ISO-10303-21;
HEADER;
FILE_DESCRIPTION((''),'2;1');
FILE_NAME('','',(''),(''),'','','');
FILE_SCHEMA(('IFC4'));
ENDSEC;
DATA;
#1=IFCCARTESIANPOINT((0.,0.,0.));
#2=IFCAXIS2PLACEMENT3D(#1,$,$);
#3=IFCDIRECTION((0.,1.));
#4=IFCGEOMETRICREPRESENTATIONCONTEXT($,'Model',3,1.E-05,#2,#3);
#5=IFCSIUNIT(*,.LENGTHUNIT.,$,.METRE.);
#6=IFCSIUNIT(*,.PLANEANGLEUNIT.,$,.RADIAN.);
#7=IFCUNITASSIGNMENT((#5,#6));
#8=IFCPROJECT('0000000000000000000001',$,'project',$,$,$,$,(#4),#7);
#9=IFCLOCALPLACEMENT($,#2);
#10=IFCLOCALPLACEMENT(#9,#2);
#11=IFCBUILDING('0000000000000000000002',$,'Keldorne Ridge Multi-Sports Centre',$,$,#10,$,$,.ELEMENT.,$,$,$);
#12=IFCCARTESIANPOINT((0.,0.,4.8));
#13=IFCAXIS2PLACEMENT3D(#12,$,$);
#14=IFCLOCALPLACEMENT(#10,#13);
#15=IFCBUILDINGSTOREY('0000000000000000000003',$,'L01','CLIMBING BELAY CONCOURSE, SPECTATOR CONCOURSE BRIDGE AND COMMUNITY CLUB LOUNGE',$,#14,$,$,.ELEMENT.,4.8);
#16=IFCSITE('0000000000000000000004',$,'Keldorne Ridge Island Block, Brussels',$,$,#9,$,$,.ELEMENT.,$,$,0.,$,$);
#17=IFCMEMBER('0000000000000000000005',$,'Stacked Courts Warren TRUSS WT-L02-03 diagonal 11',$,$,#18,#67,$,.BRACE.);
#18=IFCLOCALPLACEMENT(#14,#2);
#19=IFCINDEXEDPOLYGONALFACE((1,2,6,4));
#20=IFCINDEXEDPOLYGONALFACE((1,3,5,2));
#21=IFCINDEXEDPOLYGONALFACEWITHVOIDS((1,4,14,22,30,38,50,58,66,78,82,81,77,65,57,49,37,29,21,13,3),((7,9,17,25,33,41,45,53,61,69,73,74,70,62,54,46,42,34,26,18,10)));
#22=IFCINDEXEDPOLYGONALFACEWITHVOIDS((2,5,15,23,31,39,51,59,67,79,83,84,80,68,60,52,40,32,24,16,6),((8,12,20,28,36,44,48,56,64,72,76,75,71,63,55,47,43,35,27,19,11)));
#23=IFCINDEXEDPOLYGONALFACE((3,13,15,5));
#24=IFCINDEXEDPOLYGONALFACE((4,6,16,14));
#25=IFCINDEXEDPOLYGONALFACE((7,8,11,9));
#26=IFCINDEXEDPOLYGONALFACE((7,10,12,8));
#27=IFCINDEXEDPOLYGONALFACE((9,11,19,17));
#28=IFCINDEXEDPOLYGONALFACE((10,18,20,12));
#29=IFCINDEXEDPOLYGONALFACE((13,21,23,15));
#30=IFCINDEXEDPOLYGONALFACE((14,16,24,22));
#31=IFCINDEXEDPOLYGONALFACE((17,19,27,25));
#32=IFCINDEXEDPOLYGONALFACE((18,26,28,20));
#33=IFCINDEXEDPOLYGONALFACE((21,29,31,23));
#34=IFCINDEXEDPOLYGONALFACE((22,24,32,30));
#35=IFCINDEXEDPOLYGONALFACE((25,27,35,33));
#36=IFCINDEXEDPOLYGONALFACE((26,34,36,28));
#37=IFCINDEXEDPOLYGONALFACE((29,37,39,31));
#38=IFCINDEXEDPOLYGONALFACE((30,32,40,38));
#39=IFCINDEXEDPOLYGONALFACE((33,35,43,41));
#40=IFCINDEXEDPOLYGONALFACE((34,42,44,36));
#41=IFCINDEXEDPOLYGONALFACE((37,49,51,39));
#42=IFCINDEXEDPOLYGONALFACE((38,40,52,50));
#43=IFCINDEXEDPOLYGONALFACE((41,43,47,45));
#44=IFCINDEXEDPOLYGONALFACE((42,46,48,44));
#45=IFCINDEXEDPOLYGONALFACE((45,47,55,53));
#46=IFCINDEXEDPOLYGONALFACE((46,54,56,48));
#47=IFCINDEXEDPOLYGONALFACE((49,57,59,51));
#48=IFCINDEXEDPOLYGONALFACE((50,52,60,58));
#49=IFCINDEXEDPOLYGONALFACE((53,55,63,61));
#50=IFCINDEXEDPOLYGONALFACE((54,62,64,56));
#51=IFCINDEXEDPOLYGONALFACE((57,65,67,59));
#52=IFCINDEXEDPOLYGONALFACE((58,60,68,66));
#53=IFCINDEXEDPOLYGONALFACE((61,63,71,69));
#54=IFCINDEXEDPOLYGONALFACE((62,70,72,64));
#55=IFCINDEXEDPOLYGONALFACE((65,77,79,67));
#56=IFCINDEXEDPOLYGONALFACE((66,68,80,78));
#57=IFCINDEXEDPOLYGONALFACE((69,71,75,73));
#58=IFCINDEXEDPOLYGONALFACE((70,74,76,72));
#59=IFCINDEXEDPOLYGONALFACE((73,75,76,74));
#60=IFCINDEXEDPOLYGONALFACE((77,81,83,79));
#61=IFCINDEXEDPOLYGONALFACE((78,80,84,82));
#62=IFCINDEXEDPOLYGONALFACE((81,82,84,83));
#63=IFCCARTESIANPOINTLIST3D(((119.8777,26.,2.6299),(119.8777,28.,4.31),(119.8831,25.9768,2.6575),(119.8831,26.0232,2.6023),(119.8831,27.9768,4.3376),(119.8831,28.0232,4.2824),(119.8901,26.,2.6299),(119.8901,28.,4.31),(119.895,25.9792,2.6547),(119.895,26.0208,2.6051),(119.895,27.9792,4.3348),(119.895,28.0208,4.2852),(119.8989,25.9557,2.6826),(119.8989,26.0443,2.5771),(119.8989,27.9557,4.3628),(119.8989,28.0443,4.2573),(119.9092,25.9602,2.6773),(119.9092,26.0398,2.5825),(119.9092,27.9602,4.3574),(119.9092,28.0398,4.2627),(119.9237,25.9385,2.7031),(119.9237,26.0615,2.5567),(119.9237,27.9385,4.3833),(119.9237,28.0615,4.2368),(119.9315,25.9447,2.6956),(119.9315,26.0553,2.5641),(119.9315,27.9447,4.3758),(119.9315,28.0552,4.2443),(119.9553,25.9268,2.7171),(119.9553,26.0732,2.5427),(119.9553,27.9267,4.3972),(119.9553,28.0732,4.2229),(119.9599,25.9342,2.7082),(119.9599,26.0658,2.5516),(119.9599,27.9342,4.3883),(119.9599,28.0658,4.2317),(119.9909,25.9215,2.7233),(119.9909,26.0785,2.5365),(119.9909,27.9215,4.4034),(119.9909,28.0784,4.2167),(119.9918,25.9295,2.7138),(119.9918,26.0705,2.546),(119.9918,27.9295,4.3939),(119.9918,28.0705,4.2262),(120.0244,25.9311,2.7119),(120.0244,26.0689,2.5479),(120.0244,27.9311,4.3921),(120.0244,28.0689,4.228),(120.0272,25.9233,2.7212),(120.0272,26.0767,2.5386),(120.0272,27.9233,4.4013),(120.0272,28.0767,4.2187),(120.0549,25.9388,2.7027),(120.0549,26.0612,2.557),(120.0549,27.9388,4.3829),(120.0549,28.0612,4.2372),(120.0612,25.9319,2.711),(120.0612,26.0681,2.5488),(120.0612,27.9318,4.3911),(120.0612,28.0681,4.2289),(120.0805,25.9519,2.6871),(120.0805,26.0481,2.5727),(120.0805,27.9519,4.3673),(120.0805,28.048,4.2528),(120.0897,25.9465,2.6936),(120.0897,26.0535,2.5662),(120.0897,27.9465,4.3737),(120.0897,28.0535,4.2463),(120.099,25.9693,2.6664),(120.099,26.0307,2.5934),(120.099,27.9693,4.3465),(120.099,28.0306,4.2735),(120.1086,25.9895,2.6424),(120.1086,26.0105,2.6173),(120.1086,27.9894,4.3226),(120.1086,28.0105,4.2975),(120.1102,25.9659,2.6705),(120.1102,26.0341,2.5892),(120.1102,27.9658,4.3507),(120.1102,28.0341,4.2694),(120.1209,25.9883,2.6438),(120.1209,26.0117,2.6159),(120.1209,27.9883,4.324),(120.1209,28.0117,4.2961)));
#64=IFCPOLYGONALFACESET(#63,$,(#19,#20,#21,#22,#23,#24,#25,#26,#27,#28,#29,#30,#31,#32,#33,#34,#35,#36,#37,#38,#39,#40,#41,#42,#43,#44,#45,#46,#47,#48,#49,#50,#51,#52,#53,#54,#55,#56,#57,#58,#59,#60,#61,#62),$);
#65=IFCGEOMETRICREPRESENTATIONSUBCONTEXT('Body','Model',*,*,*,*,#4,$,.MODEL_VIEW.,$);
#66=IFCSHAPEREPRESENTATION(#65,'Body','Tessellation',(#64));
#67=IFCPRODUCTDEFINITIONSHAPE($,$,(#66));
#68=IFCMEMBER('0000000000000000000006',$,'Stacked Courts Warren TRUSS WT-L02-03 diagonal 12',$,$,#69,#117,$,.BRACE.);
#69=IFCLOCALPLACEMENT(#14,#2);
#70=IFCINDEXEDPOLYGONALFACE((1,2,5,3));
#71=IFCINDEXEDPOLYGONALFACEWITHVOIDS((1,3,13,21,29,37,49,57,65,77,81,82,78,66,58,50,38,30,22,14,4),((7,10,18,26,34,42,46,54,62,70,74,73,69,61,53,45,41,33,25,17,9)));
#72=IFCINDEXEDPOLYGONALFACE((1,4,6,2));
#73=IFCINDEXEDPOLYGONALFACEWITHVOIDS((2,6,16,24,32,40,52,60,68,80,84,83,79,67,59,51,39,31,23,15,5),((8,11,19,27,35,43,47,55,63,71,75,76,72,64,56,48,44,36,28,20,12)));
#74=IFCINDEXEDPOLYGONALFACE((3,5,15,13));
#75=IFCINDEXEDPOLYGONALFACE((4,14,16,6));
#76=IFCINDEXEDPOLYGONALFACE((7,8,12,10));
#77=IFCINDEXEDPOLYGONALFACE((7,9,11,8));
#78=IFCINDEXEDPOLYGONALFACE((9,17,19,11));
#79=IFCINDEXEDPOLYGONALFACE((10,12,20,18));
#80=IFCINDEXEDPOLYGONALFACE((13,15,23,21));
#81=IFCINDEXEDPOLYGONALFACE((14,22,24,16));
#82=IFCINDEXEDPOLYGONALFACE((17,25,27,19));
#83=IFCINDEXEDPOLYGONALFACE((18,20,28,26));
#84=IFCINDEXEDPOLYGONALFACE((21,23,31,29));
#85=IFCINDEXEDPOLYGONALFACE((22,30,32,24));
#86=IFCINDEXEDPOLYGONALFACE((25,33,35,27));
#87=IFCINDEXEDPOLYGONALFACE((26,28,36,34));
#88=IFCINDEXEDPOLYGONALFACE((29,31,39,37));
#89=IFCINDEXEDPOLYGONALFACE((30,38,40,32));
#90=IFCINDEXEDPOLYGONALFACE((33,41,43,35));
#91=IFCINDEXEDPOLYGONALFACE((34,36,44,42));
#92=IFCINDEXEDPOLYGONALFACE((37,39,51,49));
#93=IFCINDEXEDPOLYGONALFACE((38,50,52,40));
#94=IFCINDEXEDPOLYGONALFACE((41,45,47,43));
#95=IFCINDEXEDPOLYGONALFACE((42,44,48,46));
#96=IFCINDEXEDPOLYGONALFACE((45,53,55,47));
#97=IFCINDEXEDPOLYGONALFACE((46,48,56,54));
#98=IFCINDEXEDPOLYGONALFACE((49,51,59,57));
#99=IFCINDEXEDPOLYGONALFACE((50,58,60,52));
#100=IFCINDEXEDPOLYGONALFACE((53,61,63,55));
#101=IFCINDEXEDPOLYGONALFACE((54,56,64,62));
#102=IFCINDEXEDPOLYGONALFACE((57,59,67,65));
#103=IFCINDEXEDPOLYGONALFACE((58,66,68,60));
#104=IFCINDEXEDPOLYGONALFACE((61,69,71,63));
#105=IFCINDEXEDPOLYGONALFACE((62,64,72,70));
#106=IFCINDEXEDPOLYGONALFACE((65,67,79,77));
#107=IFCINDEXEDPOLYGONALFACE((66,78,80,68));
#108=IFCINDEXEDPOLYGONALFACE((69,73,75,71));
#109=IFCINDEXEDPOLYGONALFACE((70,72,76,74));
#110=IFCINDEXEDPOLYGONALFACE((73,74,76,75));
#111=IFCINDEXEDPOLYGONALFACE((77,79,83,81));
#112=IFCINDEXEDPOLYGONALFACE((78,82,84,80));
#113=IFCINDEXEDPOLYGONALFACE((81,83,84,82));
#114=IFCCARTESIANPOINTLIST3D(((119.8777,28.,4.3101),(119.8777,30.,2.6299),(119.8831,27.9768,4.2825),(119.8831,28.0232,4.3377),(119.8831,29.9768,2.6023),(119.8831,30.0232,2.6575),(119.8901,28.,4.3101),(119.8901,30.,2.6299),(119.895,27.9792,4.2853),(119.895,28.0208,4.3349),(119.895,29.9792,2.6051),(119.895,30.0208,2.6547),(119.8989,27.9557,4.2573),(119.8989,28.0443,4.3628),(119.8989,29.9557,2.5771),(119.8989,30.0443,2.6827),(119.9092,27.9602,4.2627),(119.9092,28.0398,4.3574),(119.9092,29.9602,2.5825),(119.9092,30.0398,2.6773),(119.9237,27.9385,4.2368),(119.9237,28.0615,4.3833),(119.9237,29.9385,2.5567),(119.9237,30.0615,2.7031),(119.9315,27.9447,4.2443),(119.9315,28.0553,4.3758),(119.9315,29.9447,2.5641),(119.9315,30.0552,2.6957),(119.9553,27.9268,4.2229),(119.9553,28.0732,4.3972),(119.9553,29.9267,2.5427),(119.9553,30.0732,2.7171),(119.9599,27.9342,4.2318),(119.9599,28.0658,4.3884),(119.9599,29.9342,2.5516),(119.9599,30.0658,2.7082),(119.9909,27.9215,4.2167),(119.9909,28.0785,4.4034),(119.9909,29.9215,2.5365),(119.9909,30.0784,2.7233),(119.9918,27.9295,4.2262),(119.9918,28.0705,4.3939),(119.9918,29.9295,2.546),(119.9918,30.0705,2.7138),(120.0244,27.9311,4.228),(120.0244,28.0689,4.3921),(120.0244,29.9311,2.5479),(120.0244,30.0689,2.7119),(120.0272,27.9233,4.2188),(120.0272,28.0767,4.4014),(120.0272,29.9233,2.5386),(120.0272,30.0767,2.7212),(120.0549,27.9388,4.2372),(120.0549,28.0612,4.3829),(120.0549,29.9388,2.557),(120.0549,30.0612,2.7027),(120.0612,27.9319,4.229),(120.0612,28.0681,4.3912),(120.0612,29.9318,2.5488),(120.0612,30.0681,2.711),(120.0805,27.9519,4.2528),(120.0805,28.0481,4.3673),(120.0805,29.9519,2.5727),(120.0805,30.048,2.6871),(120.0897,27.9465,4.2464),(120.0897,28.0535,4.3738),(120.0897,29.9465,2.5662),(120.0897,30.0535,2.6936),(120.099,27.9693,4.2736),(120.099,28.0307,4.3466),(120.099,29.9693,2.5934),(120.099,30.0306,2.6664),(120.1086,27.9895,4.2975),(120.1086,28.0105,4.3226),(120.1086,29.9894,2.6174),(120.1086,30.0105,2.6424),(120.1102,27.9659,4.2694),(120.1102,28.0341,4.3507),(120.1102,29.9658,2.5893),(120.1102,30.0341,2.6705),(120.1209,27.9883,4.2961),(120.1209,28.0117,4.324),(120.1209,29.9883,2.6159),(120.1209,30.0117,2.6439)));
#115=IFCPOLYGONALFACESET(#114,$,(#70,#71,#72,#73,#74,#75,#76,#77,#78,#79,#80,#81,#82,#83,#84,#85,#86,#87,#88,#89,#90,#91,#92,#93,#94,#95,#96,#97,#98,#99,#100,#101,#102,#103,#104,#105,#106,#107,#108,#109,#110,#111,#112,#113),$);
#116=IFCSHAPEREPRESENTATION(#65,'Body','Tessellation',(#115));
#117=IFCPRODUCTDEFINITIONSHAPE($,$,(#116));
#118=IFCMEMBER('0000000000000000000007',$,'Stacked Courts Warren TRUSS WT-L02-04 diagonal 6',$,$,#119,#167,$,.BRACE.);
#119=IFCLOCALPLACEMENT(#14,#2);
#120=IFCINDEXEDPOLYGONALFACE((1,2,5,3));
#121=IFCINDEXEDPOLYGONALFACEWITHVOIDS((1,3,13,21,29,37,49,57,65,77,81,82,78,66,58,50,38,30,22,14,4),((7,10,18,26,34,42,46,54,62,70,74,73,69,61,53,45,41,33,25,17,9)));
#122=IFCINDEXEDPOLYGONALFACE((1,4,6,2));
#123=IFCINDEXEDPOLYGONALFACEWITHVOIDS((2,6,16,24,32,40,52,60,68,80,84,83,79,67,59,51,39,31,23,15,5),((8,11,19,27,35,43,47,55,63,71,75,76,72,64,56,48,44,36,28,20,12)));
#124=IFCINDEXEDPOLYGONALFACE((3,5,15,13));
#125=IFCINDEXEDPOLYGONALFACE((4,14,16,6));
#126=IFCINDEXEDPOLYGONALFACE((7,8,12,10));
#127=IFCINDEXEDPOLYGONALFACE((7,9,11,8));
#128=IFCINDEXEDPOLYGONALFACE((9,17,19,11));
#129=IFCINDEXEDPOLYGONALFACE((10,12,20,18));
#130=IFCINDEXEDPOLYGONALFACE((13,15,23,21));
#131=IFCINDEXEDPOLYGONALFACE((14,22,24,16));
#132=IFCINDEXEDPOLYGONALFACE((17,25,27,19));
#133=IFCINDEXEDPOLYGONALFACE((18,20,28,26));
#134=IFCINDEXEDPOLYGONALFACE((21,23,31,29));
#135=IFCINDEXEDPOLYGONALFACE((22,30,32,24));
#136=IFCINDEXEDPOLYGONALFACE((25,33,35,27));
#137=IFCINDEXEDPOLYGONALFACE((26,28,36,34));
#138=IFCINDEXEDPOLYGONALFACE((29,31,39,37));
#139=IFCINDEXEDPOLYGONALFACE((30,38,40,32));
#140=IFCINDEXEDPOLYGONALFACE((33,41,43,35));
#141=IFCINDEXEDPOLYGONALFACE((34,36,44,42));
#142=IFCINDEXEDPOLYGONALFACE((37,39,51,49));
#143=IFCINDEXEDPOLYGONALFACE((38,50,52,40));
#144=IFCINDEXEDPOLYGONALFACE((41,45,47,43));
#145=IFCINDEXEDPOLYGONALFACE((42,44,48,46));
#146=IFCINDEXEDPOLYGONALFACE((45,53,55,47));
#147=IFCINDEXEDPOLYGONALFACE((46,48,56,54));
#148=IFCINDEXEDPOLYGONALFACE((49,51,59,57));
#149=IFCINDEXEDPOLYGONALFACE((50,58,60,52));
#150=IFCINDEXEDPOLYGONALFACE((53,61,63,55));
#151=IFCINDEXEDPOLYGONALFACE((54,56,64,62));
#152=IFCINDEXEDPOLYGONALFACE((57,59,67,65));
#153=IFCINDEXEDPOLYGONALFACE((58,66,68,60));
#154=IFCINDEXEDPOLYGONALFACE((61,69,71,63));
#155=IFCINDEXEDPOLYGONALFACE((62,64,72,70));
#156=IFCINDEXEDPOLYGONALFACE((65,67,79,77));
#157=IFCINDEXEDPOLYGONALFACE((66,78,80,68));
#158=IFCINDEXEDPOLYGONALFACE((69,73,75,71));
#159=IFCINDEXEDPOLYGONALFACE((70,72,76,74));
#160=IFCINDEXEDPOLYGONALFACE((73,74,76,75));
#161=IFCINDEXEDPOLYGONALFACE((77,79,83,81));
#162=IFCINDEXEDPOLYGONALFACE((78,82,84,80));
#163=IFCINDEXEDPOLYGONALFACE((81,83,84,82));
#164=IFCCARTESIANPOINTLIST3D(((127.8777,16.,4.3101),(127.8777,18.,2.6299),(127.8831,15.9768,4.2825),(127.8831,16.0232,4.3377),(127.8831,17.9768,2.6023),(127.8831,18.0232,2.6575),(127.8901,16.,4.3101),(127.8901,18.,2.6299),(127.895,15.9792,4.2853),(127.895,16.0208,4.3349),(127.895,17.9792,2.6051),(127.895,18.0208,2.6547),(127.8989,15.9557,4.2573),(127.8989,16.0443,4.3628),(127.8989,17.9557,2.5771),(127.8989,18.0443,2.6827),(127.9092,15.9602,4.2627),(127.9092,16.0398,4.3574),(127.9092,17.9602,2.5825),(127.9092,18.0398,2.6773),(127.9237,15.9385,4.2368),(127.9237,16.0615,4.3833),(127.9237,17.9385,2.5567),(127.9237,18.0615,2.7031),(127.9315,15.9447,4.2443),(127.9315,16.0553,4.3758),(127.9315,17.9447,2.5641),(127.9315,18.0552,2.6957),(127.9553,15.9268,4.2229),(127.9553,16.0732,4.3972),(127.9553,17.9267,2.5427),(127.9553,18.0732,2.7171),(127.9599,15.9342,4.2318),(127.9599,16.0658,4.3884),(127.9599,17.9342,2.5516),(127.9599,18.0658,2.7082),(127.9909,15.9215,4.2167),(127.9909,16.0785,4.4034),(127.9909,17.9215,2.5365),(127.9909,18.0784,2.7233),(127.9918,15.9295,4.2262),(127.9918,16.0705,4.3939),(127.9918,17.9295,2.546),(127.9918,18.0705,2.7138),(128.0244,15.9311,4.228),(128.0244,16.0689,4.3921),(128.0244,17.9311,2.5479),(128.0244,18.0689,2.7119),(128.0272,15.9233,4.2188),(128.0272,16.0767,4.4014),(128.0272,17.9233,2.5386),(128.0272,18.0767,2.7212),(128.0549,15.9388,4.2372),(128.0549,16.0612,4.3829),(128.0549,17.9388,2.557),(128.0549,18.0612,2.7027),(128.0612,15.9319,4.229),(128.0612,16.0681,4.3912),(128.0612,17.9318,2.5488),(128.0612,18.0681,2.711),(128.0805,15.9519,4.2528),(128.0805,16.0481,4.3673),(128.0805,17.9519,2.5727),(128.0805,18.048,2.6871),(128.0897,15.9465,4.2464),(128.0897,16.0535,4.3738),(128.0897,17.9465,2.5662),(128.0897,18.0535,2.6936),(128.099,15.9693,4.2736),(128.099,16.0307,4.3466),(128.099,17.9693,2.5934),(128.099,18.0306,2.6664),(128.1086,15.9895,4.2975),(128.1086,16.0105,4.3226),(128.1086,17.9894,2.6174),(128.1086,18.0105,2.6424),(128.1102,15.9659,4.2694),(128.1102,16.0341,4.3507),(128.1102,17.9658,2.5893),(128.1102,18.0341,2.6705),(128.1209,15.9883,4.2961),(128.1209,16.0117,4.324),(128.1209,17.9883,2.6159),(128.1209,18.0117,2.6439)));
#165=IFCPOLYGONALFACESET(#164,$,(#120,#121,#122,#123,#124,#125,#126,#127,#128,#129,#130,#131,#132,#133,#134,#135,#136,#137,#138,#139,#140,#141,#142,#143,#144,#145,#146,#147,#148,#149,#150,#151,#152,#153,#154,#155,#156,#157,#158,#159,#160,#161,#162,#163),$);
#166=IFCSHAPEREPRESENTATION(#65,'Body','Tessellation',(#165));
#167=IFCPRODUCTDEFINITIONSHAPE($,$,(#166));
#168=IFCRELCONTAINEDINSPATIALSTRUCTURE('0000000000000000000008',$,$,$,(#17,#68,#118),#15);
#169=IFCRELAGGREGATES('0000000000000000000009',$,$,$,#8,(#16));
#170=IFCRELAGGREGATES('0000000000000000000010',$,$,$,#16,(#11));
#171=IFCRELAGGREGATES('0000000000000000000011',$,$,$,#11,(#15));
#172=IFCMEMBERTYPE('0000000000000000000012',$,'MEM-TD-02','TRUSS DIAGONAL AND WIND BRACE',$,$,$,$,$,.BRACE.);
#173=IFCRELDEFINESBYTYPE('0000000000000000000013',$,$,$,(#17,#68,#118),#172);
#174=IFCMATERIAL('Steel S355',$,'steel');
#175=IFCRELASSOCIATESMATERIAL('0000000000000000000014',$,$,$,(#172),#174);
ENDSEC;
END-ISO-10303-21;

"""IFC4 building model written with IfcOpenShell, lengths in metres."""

from ifc_helpers import new_model, si_unit, direction, frame, origin, origin_2d, place, context, subcontext, project, spatial, hollow_circle, extrude, material, material_profile, profile_set, type_object, element, save


model = new_model("IFC4")

# Units and contexts
model_context = context("Model", 3, precision=1e-05, world=origin(), true_north=direction((0.0, 1.0)))
body_context = subcontext(model_context, "Body", "Model", "MODEL_VIEW")
ifc_project = project(units=[si_unit("LENGTHUNIT", "METRE"), si_unit("PLANEANGLEUNIT", "RADIAN")], contexts=[model_context])

# Site, building, storey
site_placement = place(None, origin())
site = spatial("IfcSite", under=ifc_project, at=site_placement, Name="Keldorne Ridge Island Block, Brussels", CompositionType="ELEMENT", RefElevation=0.0)
building_placement = place(site_placement, origin())
building = spatial("IfcBuilding", under=site, at=building_placement, Name="Keldorne Ridge Multi-Sports Centre", CompositionType="ELEMENT")
storey_placement = place(building_placement, frame((0.0, 0.0, 4.8)))
storey = spatial("IfcBuildingStorey", under=building, at=storey_placement, Name="L01", Description="CLIMBING BELAY CONCOURSE, SPECTATOR CONCOURSE BRIDGE AND COMMUNITY CLUB LOUNGE", CompositionType="ELEMENT", Elevation=4.8)

# Members
ifc_material = material(Name="Steel S355", Category="steel")
ifc_material_profile_1 = material_profile(ifc_material, hollow_circle(Radius=0.1223, WallThickness=0.0125, at=origin_2d()), Name="CHS 244.5x12.5")
ifc_profile_set_1 = profile_set([ifc_material_profile_1], Name="Steel S355")
member_type_1 = type_object("IfcMemberType", Name="MEM-TD-02", Description="TRUSS DIAGONAL AND WIND BRACE", PredefinedType="BRACE", material=ifc_profile_set_1)
for number, where, z_axis, x_axis, name in (
    (1, (120.0, 26.0, 2.6299), (0.0, 0.765672, 0.643232), (-1.0, 0.0, 0.0), "Stacked Courts Warren TRUSS WT-L02-03 diagonal 11"),
    (2, (120.0, 28.0, 4.3101), (0.0, 0.765672, -0.643232), (-1.0, 0.0, 0.0), "Stacked Courts Warren TRUSS WT-L02-03 diagonal 12"),
    (3, (128.0, 16.0, 4.3101), (0.0, 0.765672, -0.643232), (-1.0, 0.0, 0.0), "Stacked Courts Warren TRUSS WT-L02-04 diagonal 6"),
):
    element("IfcMember", number, at=place(storey_placement, frame(where, z_axis=z_axis, x_axis=x_axis)), inside=storey, type_object=member_type_1, Name=name, PredefinedType="BRACE", context=body_context, shape_type="SweptSolid", body=[
        extrude(hollow_circle(Radius=0.1223, WallThickness=0.0125, at=origin_2d()), origin(), (0.0, 0.0, 1.0), 2.6121),
    ])

save(model, "model.ifc")
